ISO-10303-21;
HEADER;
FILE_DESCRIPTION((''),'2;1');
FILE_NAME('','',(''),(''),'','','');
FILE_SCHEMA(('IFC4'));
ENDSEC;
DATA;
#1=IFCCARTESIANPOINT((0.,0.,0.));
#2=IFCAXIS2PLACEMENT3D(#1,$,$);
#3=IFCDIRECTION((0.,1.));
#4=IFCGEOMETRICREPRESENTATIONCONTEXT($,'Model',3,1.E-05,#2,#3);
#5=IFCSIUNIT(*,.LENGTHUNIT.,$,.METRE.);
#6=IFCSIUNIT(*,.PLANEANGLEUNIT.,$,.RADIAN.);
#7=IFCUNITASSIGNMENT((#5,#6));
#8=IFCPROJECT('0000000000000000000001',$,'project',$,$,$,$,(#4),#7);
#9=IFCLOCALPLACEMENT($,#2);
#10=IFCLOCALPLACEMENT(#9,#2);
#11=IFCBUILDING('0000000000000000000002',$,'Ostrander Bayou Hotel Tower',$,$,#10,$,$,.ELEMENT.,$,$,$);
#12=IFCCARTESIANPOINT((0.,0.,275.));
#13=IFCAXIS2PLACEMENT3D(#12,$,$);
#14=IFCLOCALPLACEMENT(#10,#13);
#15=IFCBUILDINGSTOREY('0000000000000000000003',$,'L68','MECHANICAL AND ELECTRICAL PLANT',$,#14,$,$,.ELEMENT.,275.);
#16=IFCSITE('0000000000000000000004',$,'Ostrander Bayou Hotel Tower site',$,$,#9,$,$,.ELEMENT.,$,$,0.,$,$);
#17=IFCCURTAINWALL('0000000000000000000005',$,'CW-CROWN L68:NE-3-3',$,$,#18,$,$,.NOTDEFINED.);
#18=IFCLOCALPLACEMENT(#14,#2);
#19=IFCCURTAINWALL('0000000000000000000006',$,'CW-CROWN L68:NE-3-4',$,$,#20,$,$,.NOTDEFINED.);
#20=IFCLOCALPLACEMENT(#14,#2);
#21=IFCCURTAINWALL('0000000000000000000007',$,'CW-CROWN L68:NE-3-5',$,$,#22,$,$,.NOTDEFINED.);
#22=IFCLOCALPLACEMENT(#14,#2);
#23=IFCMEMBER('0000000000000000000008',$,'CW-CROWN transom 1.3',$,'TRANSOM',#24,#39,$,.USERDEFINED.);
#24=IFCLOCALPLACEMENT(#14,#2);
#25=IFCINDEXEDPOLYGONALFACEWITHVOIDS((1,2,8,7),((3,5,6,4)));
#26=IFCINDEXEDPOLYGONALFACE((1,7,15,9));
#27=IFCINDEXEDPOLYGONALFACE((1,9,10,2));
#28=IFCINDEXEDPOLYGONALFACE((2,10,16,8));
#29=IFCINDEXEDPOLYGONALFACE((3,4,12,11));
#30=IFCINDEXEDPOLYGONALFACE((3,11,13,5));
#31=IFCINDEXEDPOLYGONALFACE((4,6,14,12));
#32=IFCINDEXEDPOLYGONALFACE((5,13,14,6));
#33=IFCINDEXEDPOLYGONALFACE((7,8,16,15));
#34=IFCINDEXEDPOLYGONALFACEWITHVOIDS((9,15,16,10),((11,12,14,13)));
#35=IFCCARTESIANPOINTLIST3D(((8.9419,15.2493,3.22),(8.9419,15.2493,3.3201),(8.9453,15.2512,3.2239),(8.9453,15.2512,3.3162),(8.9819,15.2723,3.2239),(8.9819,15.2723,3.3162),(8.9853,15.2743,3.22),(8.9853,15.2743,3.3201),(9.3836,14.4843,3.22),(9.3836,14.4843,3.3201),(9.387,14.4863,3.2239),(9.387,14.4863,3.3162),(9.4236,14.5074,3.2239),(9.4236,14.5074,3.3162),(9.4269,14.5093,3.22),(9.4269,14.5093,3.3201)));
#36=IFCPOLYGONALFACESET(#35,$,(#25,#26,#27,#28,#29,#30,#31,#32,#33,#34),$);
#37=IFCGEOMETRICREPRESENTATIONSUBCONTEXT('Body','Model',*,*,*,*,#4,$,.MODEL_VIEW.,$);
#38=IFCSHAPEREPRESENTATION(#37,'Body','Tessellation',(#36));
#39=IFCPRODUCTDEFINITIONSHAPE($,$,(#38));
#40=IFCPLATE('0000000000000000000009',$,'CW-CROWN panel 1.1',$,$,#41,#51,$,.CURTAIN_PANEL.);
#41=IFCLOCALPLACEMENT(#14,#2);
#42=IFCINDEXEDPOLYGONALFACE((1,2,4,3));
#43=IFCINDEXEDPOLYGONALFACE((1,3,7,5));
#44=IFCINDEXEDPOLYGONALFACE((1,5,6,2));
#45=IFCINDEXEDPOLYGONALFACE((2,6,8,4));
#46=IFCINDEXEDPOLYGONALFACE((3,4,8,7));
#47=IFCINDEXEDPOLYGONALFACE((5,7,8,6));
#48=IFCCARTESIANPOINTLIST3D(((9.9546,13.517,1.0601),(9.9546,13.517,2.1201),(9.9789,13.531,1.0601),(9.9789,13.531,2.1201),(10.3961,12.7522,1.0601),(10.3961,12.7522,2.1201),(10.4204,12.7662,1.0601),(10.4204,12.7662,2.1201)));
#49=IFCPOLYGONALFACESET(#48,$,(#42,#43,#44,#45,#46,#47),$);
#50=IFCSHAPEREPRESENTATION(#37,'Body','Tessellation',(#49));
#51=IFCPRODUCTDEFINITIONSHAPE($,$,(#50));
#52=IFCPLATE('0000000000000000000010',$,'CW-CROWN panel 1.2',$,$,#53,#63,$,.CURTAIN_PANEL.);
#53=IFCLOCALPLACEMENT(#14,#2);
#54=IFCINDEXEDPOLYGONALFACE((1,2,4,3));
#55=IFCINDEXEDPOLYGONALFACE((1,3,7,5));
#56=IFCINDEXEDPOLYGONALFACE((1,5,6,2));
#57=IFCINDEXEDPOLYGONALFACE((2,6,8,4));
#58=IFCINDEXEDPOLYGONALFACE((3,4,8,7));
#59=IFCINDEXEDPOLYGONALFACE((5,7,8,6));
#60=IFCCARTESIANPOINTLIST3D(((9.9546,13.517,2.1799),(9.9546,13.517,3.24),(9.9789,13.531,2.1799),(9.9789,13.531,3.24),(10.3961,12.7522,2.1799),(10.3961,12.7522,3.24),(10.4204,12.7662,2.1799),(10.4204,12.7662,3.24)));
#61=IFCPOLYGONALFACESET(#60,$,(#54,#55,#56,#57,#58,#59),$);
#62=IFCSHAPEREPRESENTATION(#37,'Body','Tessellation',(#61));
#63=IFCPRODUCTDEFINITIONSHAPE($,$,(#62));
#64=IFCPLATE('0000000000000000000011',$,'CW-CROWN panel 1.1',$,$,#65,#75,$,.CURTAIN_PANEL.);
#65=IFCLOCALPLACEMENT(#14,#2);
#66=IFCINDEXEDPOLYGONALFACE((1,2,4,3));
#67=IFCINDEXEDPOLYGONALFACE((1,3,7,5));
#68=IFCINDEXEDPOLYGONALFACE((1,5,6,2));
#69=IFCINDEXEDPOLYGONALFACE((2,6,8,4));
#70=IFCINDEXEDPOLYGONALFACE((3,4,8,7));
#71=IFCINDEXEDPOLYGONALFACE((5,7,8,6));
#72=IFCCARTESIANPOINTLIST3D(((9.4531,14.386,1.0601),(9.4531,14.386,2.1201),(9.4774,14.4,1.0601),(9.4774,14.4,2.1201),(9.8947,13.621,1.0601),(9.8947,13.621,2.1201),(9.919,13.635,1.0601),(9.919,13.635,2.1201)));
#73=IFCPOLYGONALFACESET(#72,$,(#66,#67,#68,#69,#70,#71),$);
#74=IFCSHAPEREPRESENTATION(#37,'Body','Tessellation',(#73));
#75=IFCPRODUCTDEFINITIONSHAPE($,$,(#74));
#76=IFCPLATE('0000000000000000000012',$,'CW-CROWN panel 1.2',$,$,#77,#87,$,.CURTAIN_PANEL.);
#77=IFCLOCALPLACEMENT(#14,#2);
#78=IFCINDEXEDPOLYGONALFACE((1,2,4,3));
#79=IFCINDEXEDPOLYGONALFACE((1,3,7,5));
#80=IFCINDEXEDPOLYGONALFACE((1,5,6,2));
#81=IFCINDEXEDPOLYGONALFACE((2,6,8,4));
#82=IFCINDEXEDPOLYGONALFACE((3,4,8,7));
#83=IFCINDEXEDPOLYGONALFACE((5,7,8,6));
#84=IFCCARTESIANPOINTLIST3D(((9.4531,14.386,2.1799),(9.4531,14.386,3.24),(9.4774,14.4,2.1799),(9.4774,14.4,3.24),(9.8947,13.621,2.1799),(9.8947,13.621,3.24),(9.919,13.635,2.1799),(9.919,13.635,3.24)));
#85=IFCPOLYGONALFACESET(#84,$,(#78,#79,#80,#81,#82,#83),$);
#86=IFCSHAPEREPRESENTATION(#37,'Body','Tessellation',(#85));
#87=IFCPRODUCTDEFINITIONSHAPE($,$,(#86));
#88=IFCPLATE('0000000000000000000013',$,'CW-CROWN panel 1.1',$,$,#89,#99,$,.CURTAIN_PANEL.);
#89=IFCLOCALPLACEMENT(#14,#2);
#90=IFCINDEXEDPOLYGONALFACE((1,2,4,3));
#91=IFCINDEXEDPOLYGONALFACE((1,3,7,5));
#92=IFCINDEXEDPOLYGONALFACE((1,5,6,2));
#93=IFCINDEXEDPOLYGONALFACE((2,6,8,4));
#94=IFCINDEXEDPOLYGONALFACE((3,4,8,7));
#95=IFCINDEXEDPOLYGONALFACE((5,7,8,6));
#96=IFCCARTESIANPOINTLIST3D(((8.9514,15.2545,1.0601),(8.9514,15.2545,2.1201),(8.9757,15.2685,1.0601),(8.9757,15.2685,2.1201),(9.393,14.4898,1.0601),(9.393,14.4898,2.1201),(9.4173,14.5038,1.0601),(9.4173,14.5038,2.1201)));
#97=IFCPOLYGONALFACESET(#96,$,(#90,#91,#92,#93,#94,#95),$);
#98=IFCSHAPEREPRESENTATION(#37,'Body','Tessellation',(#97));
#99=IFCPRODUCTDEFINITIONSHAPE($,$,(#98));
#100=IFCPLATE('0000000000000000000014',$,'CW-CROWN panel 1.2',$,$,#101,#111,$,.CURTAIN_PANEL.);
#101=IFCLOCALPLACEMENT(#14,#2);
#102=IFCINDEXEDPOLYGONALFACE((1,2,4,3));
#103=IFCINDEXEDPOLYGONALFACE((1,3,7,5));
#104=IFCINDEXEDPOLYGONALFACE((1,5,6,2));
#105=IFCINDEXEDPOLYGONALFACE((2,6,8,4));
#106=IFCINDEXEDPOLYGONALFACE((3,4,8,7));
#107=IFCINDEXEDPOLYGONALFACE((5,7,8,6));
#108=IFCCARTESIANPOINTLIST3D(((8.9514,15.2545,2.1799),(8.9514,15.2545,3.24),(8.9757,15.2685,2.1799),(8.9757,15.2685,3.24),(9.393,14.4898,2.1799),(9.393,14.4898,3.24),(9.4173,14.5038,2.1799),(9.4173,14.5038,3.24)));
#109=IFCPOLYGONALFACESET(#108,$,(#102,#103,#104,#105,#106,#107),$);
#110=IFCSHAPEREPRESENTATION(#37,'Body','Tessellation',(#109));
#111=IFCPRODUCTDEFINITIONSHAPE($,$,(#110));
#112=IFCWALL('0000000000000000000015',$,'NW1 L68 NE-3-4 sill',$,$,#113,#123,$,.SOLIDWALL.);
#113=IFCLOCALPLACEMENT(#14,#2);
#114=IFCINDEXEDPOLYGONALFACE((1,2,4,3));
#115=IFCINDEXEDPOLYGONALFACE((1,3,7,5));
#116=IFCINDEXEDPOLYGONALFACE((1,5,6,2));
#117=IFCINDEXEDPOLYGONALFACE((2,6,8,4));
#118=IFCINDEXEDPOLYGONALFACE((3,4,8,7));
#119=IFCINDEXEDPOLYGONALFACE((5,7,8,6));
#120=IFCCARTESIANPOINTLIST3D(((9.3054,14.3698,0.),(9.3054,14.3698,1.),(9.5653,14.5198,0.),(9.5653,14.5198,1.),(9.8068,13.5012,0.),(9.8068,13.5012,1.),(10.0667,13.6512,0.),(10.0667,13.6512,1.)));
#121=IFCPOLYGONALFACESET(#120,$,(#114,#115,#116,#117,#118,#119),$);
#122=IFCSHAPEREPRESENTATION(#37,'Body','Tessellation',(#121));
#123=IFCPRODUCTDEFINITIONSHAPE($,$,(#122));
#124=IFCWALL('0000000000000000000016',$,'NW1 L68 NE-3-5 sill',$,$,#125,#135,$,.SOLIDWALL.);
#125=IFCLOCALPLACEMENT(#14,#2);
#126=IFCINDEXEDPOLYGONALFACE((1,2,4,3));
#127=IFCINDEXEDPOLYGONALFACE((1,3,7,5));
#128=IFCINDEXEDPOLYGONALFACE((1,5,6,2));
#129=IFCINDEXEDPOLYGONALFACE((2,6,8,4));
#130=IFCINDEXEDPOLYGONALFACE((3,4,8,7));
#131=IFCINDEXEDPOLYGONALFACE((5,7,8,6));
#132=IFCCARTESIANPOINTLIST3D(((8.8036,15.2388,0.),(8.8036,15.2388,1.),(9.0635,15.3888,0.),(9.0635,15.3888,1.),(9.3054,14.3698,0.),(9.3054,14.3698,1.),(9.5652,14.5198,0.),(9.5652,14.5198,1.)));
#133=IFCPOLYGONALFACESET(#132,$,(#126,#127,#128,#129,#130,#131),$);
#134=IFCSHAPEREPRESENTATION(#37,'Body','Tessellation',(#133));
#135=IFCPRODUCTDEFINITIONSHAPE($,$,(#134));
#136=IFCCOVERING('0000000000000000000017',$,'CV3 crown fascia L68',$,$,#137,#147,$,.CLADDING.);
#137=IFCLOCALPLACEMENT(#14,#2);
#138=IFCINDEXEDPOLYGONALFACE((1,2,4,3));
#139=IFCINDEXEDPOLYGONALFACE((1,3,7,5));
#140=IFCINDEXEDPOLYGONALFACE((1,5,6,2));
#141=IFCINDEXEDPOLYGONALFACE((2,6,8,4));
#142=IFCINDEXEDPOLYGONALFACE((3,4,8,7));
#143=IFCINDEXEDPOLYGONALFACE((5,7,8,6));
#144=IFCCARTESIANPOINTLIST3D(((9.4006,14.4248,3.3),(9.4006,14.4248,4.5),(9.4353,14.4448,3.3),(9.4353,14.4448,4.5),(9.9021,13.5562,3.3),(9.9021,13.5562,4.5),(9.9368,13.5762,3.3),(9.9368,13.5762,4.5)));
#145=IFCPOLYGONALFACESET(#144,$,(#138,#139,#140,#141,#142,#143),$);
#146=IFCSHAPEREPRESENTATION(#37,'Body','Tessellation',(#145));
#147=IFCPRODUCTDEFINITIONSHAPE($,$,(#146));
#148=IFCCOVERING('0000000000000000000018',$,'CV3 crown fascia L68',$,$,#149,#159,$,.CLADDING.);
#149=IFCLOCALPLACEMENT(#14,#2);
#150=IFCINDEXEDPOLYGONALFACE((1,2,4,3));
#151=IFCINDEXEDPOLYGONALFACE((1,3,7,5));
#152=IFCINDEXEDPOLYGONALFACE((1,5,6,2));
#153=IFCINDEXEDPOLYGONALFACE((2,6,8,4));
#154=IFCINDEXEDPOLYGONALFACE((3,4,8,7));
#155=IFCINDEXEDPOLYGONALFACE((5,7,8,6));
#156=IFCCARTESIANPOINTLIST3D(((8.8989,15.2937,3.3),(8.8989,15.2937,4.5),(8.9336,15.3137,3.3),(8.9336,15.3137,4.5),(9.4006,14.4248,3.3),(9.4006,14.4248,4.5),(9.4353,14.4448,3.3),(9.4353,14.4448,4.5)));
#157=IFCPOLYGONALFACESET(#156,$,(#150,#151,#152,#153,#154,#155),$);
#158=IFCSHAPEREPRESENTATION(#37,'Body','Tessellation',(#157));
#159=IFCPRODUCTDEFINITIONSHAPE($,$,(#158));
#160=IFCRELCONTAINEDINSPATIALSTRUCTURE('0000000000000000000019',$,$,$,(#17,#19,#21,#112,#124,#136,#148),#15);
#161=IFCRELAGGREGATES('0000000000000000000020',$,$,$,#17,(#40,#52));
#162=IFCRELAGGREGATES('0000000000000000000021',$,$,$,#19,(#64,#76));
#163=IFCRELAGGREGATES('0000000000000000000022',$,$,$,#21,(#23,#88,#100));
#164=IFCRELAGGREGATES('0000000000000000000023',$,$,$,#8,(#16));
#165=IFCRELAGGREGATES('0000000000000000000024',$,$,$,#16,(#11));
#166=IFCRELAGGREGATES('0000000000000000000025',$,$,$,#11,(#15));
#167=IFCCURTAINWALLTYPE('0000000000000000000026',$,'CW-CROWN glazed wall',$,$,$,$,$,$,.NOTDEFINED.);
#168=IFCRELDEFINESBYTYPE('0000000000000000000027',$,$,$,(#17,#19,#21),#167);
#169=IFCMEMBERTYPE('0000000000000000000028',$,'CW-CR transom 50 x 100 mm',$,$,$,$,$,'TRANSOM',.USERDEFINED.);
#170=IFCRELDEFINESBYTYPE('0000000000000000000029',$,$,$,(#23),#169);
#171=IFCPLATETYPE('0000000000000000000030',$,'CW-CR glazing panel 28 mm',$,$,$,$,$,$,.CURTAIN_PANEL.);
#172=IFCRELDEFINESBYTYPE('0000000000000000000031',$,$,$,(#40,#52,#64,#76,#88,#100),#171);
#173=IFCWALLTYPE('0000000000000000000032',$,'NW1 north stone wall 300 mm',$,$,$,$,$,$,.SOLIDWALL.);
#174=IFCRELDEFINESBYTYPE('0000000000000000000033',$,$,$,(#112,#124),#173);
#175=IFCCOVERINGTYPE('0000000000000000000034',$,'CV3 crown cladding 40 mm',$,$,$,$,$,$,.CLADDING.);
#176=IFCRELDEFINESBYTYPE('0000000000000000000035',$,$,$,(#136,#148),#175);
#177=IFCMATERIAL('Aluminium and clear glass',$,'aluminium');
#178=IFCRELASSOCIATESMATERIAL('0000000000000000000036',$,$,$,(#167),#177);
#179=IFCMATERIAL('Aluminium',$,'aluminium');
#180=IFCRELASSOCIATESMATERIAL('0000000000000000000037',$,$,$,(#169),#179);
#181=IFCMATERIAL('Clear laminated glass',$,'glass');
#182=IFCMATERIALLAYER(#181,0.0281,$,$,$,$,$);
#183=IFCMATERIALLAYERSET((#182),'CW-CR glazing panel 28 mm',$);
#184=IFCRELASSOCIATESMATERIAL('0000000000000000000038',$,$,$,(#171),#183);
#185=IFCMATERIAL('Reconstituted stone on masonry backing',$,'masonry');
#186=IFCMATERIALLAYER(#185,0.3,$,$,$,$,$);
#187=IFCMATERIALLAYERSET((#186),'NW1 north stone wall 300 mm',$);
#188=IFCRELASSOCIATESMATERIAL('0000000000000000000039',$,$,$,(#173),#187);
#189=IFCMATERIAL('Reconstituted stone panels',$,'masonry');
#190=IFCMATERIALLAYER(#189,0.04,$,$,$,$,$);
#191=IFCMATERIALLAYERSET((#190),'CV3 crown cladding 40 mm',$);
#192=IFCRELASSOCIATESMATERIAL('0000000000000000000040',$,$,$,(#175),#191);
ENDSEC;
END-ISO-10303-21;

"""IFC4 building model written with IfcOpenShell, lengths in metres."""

from ifc_helpers import new_model, si_unit, direction, frame, frame_2d, origin, origin_2d, place, context, subcontext, project, spatial, polyline, rectangle, hollow_rectangle, outline, extrude, material, layer, layer_set, material_profile, profile_set, type_object, element, aggregate, save


model = new_model("IFC4")

# Units and contexts
model_context = context("Model", 3, precision=1e-05, world=origin(), true_north=direction((0.0, 1.0)))
body_context = subcontext(model_context, "Body", "Model", "MODEL_VIEW")
ifc_project = project(units=[si_unit("LENGTHUNIT", "METRE"), si_unit("PLANEANGLEUNIT", "RADIAN")], contexts=[model_context])

# Site, building, storey
site_placement = place(None, origin())
site = spatial("IfcSite", under=ifc_project, at=site_placement, Name="Ostrander Bayou Hotel Tower site", CompositionType="ELEMENT", RefElevation=0.0)
building_placement = place(site_placement, origin())
building = spatial("IfcBuilding", under=site, at=building_placement, Name="Ostrander Bayou Hotel Tower", CompositionType="ELEMENT")
storey_placement = place(building_placement, frame((0.0, 0.0, 275.0)))
storey = spatial("IfcBuildingStorey", under=building, at=storey_placement, Name="L68", Description="MECHANICAL AND ELECTRICAL PLANT", CompositionType="ELEMENT", Elevation=275.0)

# Curtain wall
ifc_material_1 = material(Name="Aluminium and clear glass", Category="aluminium")
curtain_wall_type = type_object("IfcCurtainWallType", Name="CW-CROWN glazed wall", PredefinedType="NOTDEFINED", material=ifc_material_1)
curtain_wall_1_placement = place(storey_placement, origin())
curtain_wall_1 = element("IfcCurtainWall", 1, at=curtain_wall_1_placement, inside=storey, type_object=curtain_wall_type, Name="CW-CROWN L68:NE-3-3", PredefinedType="NOTDEFINED")

# Curtain wall
curtain_wall_2_placement = place(storey_placement, origin())
curtain_wall_2 = element("IfcCurtainWall", 2, at=curtain_wall_2_placement, inside=storey, type_object=curtain_wall_type, Name="CW-CROWN L68:NE-3-4", PredefinedType="NOTDEFINED")

# Curtain wall
curtain_wall_3_placement = place(storey_placement, origin())
curtain_wall_3 = element("IfcCurtainWall", 3, at=curtain_wall_3_placement, inside=storey, type_object=curtain_wall_type, Name="CW-CROWN L68:NE-3-5", PredefinedType="NOTDEFINED")

# Member
ifc_material_2 = material(Name="Aluminium", Category="aluminium")
ifc_material_profile_1 = material_profile(ifc_material_2, hollow_rectangle(XDim=0.05, YDim=0.1001, WallThickness=0.0039, at=origin_2d()))
ifc_profile_set_1 = profile_set([ifc_material_profile_1], Name="Aluminium")
member_type_1 = type_object("IfcMemberType", Name="CW-CR transom 50 x 100 mm", ElementType="TRANSOM", PredefinedType="USERDEFINED", material=ifc_profile_set_1)
member_1_placement = place(storey_placement, frame((9.4053, 14.4968, 3.27), z_axis=(-0.500034, 0.866006, 0.0), x_axis=(-0.866006, -0.500034, 0.0)))
member_1 = element("IfcMember", 4, at=member_1_placement, type_object=member_type_1, Name="CW-CROWN transom 1.3", ObjectType="TRANSOM", PredefinedType="USERDEFINED", context=body_context, shape_type="SweptSolid", body=[
    extrude(hollow_rectangle(XDim=0.05, YDim=0.1001, WallThickness=0.0039, at=origin_2d()), origin(), (0.0, 0.0, 1.0), 0.8833),
])

# Plates
ifc_material_3 = material(Name="Clear laminated glass", Category="glass")
ifc_layer_1 = layer(ifc_material_3, 0.0281)
ifc_layer_set_1 = layer_set([ifc_layer_1], Name="CW-CR glazing panel 28 mm")
plate_type = type_object("IfcPlateType", Name="CW-CR glazing panel 28 mm", PredefinedType="CURTAIN_PANEL", material=ifc_layer_set_1)
plate_1_placement = place(storey_placement, frame((10.1875, 13.1416, 1.0601), z_axis=(0.0, 0.0, 1.0), x_axis=(-0.499924, 0.866069, 0.0)))
plate_1 = element("IfcPlate", 5, at=plate_1_placement, type_object=plate_type, Name="CW-CROWN panel 1.1", PredefinedType="CURTAIN_PANEL", context=body_context, shape_type="SweptSolid", body=[
    extrude(rectangle(XDim=0.8831, YDim=0.0281, at=origin_2d()), origin(), (0.0, 0.0, 1.0), 1.0601),
])
plate_2_placement = place(storey_placement, frame((10.1875, 13.1416, 2.1799), z_axis=(0.0, 0.0, 1.0), x_axis=(-0.499924, 0.866069, 0.0)))
plate_2 = element("IfcPlate", 6, at=plate_2_placement, type_object=plate_type, Name="CW-CROWN panel 1.2", PredefinedType="CURTAIN_PANEL", context=body_context, shape_type="SweptSolid", body=[
    extrude(rectangle(XDim=0.8831, YDim=0.0281, at=origin_2d()), origin(), (0.0, 0.0, 1.0), 1.0601),
])
aggregate(curtain_wall_1, [plate_1, plate_2])
plate_3_placement = place(storey_placement, frame((9.686, 14.0105, 1.0601), z_axis=(0.0, 0.0, 1.0), x_axis=(-0.499999, 0.866026, 0.0)))
plate_3 = element("IfcPlate", 7, at=plate_3_placement, type_object=plate_type, Name="CW-CROWN panel 1.1", PredefinedType="CURTAIN_PANEL", context=body_context, shape_type="SweptSolid", body=[
    extrude(rectangle(XDim=0.8833, YDim=0.0281, at=origin_2d()), origin(), (0.0, 0.0, 1.0), 1.0601),
])
plate_4_placement = place(storey_placement, frame((9.686, 14.0105, 2.1799), z_axis=(0.0, 0.0, 1.0), x_axis=(-0.499999, 0.866026, 0.0)))
plate_4 = element("IfcPlate", 8, at=plate_4_placement, type_object=plate_type, Name="CW-CROWN panel 1.2", PredefinedType="CURTAIN_PANEL", context=body_context, shape_type="SweptSolid", body=[
    extrude(rectangle(XDim=0.8833, YDim=0.0281, at=origin_2d()), origin(), (0.0, 0.0, 1.0), 1.0601),
])
aggregate(curtain_wall_2, [plate_3, plate_4])
plate_5_placement = place(storey_placement, frame((9.1843, 14.8792, 1.0601), z_axis=(0.0, 0.0, 1.0), x_axis=(-0.500042, 0.866001, 0.0)))
plate_5 = element("IfcPlate", 9, at=plate_5_placement, type_object=plate_type, Name="CW-CROWN panel 1.1", PredefinedType="CURTAIN_PANEL", context=body_context, shape_type="SweptSolid", body=[
    extrude(rectangle(XDim=0.8831, YDim=0.0281, at=origin_2d()), origin(), (0.0, 0.0, 1.0), 1.0601),
])
plate_6_placement = place(storey_placement, frame((9.1843, 14.8792, 2.1799), z_axis=(0.0, 0.0, 1.0), x_axis=(-0.500042, 0.866001, 0.0)))
plate_6 = element("IfcPlate", 10, at=plate_6_placement, type_object=plate_type, Name="CW-CROWN panel 1.2", PredefinedType="CURTAIN_PANEL", context=body_context, shape_type="SweptSolid", body=[
    extrude(rectangle(XDim=0.8831, YDim=0.0281, at=origin_2d()), origin(), (0.0, 0.0, 1.0), 1.0601),
])
aggregate(curtain_wall_3, [member_1, plate_5, plate_6])

# Walls
ifc_material_4 = material(Name="Reconstituted stone on masonry backing", Category="masonry")
ifc_layer_2 = layer(ifc_material_4, 0.3)
ifc_layer_set_2 = layer_set([ifc_layer_2], Name="NW1 north stone wall 300 mm")
wall_type = type_object("IfcWallType", Name="NW1 north stone wall 300 mm", PredefinedType="SOLIDWALL", material=ifc_layer_set_2)
wall_1_placement = place(storey_placement, frame((9.9368, 13.5762, 0.0), z_axis=(0.0, 0.0, 1.0), x_axis=(-0.499961, 0.866048, 0.0)))
element("IfcWall", 11, at=wall_1_placement, inside=storey, type_object=wall_type, Name="NW1 L68 NE-3-4 sill", PredefinedType="SOLIDWALL", context=body_context, shape_type="SweptSolid", body=[
    extrude(rectangle(XDim=1.0029, YDim=0.3, at=frame_2d((0.5015, 0.0))), origin(), (0.0, 0.0, 1.0), 1.0),
])
wall_2_placement = place(storey_placement, frame((9.4353, 14.4448, 0.0), z_axis=(0.0, 0.0, 1.0), x_axis=(-0.500038, 0.866003, 0.0)))
element("IfcWall", 12, at=wall_2_placement, inside=storey, type_object=wall_type, Name="NW1 L68 NE-3-5 sill", PredefinedType="SOLIDWALL", context=body_context, shape_type="SweptSolid", body=[
    extrude(rectangle(XDim=1.0034, YDim=0.3, at=frame_2d((0.5017, 0.0))), origin(), (0.0, 0.0, 1.0), 1.0),
])

# Coverings
ifc_material_5 = material(Name="Reconstituted stone panels", Category="masonry")
ifc_layer_3 = layer(ifc_material_5, 0.04)
ifc_layer_set_3 = layer_set([ifc_layer_3], Name="CV3 crown cladding 40 mm")
covering_type = type_object("IfcCoveringType", Name="CV3 crown cladding 40 mm", PredefinedType="CLADDING", material=ifc_layer_set_3)
covering_1_placement = place(storey_placement, frame((9.9368, 13.5762, 3.3), z_axis=(0.866048, 0.499961, 0.0), x_axis=(-0.499961, 0.866048, 0.0)))
element("IfcCovering", 13, at=covering_1_placement, inside=storey, type_object=covering_type, Name="CV3 crown fascia L68", PredefinedType="CLADDING", context=body_context, shape_type="SweptSolid", body=[
    extrude(outline(polyline([(0.0, 0.0), (1.003, 0.0), (1.003, 1.2), (0.0, 1.2), (0.0, 0.0)])), origin(), (0.0, 0.0, -1.0), 0.04),
])
covering_2_placement = place(storey_placement, frame((9.4353, 14.4448, 3.3), z_axis=(0.866003, 0.500038, 0.0), x_axis=(-0.500038, 0.866003, 0.0)))
element("IfcCovering", 14, at=covering_2_placement, inside=storey, type_object=covering_type, Name="CV3 crown fascia L68", PredefinedType="CLADDING", context=body_context, shape_type="SweptSolid", body=[
    extrude(outline(polyline([(0.0, 0.0), (1.0033, 0.0), (1.0033, 1.2), (0.0, 1.2), (0.0, 0.0)])), origin(), (0.0, 0.0, -1.0), 0.04),
])

save(model, "model.ifc")
